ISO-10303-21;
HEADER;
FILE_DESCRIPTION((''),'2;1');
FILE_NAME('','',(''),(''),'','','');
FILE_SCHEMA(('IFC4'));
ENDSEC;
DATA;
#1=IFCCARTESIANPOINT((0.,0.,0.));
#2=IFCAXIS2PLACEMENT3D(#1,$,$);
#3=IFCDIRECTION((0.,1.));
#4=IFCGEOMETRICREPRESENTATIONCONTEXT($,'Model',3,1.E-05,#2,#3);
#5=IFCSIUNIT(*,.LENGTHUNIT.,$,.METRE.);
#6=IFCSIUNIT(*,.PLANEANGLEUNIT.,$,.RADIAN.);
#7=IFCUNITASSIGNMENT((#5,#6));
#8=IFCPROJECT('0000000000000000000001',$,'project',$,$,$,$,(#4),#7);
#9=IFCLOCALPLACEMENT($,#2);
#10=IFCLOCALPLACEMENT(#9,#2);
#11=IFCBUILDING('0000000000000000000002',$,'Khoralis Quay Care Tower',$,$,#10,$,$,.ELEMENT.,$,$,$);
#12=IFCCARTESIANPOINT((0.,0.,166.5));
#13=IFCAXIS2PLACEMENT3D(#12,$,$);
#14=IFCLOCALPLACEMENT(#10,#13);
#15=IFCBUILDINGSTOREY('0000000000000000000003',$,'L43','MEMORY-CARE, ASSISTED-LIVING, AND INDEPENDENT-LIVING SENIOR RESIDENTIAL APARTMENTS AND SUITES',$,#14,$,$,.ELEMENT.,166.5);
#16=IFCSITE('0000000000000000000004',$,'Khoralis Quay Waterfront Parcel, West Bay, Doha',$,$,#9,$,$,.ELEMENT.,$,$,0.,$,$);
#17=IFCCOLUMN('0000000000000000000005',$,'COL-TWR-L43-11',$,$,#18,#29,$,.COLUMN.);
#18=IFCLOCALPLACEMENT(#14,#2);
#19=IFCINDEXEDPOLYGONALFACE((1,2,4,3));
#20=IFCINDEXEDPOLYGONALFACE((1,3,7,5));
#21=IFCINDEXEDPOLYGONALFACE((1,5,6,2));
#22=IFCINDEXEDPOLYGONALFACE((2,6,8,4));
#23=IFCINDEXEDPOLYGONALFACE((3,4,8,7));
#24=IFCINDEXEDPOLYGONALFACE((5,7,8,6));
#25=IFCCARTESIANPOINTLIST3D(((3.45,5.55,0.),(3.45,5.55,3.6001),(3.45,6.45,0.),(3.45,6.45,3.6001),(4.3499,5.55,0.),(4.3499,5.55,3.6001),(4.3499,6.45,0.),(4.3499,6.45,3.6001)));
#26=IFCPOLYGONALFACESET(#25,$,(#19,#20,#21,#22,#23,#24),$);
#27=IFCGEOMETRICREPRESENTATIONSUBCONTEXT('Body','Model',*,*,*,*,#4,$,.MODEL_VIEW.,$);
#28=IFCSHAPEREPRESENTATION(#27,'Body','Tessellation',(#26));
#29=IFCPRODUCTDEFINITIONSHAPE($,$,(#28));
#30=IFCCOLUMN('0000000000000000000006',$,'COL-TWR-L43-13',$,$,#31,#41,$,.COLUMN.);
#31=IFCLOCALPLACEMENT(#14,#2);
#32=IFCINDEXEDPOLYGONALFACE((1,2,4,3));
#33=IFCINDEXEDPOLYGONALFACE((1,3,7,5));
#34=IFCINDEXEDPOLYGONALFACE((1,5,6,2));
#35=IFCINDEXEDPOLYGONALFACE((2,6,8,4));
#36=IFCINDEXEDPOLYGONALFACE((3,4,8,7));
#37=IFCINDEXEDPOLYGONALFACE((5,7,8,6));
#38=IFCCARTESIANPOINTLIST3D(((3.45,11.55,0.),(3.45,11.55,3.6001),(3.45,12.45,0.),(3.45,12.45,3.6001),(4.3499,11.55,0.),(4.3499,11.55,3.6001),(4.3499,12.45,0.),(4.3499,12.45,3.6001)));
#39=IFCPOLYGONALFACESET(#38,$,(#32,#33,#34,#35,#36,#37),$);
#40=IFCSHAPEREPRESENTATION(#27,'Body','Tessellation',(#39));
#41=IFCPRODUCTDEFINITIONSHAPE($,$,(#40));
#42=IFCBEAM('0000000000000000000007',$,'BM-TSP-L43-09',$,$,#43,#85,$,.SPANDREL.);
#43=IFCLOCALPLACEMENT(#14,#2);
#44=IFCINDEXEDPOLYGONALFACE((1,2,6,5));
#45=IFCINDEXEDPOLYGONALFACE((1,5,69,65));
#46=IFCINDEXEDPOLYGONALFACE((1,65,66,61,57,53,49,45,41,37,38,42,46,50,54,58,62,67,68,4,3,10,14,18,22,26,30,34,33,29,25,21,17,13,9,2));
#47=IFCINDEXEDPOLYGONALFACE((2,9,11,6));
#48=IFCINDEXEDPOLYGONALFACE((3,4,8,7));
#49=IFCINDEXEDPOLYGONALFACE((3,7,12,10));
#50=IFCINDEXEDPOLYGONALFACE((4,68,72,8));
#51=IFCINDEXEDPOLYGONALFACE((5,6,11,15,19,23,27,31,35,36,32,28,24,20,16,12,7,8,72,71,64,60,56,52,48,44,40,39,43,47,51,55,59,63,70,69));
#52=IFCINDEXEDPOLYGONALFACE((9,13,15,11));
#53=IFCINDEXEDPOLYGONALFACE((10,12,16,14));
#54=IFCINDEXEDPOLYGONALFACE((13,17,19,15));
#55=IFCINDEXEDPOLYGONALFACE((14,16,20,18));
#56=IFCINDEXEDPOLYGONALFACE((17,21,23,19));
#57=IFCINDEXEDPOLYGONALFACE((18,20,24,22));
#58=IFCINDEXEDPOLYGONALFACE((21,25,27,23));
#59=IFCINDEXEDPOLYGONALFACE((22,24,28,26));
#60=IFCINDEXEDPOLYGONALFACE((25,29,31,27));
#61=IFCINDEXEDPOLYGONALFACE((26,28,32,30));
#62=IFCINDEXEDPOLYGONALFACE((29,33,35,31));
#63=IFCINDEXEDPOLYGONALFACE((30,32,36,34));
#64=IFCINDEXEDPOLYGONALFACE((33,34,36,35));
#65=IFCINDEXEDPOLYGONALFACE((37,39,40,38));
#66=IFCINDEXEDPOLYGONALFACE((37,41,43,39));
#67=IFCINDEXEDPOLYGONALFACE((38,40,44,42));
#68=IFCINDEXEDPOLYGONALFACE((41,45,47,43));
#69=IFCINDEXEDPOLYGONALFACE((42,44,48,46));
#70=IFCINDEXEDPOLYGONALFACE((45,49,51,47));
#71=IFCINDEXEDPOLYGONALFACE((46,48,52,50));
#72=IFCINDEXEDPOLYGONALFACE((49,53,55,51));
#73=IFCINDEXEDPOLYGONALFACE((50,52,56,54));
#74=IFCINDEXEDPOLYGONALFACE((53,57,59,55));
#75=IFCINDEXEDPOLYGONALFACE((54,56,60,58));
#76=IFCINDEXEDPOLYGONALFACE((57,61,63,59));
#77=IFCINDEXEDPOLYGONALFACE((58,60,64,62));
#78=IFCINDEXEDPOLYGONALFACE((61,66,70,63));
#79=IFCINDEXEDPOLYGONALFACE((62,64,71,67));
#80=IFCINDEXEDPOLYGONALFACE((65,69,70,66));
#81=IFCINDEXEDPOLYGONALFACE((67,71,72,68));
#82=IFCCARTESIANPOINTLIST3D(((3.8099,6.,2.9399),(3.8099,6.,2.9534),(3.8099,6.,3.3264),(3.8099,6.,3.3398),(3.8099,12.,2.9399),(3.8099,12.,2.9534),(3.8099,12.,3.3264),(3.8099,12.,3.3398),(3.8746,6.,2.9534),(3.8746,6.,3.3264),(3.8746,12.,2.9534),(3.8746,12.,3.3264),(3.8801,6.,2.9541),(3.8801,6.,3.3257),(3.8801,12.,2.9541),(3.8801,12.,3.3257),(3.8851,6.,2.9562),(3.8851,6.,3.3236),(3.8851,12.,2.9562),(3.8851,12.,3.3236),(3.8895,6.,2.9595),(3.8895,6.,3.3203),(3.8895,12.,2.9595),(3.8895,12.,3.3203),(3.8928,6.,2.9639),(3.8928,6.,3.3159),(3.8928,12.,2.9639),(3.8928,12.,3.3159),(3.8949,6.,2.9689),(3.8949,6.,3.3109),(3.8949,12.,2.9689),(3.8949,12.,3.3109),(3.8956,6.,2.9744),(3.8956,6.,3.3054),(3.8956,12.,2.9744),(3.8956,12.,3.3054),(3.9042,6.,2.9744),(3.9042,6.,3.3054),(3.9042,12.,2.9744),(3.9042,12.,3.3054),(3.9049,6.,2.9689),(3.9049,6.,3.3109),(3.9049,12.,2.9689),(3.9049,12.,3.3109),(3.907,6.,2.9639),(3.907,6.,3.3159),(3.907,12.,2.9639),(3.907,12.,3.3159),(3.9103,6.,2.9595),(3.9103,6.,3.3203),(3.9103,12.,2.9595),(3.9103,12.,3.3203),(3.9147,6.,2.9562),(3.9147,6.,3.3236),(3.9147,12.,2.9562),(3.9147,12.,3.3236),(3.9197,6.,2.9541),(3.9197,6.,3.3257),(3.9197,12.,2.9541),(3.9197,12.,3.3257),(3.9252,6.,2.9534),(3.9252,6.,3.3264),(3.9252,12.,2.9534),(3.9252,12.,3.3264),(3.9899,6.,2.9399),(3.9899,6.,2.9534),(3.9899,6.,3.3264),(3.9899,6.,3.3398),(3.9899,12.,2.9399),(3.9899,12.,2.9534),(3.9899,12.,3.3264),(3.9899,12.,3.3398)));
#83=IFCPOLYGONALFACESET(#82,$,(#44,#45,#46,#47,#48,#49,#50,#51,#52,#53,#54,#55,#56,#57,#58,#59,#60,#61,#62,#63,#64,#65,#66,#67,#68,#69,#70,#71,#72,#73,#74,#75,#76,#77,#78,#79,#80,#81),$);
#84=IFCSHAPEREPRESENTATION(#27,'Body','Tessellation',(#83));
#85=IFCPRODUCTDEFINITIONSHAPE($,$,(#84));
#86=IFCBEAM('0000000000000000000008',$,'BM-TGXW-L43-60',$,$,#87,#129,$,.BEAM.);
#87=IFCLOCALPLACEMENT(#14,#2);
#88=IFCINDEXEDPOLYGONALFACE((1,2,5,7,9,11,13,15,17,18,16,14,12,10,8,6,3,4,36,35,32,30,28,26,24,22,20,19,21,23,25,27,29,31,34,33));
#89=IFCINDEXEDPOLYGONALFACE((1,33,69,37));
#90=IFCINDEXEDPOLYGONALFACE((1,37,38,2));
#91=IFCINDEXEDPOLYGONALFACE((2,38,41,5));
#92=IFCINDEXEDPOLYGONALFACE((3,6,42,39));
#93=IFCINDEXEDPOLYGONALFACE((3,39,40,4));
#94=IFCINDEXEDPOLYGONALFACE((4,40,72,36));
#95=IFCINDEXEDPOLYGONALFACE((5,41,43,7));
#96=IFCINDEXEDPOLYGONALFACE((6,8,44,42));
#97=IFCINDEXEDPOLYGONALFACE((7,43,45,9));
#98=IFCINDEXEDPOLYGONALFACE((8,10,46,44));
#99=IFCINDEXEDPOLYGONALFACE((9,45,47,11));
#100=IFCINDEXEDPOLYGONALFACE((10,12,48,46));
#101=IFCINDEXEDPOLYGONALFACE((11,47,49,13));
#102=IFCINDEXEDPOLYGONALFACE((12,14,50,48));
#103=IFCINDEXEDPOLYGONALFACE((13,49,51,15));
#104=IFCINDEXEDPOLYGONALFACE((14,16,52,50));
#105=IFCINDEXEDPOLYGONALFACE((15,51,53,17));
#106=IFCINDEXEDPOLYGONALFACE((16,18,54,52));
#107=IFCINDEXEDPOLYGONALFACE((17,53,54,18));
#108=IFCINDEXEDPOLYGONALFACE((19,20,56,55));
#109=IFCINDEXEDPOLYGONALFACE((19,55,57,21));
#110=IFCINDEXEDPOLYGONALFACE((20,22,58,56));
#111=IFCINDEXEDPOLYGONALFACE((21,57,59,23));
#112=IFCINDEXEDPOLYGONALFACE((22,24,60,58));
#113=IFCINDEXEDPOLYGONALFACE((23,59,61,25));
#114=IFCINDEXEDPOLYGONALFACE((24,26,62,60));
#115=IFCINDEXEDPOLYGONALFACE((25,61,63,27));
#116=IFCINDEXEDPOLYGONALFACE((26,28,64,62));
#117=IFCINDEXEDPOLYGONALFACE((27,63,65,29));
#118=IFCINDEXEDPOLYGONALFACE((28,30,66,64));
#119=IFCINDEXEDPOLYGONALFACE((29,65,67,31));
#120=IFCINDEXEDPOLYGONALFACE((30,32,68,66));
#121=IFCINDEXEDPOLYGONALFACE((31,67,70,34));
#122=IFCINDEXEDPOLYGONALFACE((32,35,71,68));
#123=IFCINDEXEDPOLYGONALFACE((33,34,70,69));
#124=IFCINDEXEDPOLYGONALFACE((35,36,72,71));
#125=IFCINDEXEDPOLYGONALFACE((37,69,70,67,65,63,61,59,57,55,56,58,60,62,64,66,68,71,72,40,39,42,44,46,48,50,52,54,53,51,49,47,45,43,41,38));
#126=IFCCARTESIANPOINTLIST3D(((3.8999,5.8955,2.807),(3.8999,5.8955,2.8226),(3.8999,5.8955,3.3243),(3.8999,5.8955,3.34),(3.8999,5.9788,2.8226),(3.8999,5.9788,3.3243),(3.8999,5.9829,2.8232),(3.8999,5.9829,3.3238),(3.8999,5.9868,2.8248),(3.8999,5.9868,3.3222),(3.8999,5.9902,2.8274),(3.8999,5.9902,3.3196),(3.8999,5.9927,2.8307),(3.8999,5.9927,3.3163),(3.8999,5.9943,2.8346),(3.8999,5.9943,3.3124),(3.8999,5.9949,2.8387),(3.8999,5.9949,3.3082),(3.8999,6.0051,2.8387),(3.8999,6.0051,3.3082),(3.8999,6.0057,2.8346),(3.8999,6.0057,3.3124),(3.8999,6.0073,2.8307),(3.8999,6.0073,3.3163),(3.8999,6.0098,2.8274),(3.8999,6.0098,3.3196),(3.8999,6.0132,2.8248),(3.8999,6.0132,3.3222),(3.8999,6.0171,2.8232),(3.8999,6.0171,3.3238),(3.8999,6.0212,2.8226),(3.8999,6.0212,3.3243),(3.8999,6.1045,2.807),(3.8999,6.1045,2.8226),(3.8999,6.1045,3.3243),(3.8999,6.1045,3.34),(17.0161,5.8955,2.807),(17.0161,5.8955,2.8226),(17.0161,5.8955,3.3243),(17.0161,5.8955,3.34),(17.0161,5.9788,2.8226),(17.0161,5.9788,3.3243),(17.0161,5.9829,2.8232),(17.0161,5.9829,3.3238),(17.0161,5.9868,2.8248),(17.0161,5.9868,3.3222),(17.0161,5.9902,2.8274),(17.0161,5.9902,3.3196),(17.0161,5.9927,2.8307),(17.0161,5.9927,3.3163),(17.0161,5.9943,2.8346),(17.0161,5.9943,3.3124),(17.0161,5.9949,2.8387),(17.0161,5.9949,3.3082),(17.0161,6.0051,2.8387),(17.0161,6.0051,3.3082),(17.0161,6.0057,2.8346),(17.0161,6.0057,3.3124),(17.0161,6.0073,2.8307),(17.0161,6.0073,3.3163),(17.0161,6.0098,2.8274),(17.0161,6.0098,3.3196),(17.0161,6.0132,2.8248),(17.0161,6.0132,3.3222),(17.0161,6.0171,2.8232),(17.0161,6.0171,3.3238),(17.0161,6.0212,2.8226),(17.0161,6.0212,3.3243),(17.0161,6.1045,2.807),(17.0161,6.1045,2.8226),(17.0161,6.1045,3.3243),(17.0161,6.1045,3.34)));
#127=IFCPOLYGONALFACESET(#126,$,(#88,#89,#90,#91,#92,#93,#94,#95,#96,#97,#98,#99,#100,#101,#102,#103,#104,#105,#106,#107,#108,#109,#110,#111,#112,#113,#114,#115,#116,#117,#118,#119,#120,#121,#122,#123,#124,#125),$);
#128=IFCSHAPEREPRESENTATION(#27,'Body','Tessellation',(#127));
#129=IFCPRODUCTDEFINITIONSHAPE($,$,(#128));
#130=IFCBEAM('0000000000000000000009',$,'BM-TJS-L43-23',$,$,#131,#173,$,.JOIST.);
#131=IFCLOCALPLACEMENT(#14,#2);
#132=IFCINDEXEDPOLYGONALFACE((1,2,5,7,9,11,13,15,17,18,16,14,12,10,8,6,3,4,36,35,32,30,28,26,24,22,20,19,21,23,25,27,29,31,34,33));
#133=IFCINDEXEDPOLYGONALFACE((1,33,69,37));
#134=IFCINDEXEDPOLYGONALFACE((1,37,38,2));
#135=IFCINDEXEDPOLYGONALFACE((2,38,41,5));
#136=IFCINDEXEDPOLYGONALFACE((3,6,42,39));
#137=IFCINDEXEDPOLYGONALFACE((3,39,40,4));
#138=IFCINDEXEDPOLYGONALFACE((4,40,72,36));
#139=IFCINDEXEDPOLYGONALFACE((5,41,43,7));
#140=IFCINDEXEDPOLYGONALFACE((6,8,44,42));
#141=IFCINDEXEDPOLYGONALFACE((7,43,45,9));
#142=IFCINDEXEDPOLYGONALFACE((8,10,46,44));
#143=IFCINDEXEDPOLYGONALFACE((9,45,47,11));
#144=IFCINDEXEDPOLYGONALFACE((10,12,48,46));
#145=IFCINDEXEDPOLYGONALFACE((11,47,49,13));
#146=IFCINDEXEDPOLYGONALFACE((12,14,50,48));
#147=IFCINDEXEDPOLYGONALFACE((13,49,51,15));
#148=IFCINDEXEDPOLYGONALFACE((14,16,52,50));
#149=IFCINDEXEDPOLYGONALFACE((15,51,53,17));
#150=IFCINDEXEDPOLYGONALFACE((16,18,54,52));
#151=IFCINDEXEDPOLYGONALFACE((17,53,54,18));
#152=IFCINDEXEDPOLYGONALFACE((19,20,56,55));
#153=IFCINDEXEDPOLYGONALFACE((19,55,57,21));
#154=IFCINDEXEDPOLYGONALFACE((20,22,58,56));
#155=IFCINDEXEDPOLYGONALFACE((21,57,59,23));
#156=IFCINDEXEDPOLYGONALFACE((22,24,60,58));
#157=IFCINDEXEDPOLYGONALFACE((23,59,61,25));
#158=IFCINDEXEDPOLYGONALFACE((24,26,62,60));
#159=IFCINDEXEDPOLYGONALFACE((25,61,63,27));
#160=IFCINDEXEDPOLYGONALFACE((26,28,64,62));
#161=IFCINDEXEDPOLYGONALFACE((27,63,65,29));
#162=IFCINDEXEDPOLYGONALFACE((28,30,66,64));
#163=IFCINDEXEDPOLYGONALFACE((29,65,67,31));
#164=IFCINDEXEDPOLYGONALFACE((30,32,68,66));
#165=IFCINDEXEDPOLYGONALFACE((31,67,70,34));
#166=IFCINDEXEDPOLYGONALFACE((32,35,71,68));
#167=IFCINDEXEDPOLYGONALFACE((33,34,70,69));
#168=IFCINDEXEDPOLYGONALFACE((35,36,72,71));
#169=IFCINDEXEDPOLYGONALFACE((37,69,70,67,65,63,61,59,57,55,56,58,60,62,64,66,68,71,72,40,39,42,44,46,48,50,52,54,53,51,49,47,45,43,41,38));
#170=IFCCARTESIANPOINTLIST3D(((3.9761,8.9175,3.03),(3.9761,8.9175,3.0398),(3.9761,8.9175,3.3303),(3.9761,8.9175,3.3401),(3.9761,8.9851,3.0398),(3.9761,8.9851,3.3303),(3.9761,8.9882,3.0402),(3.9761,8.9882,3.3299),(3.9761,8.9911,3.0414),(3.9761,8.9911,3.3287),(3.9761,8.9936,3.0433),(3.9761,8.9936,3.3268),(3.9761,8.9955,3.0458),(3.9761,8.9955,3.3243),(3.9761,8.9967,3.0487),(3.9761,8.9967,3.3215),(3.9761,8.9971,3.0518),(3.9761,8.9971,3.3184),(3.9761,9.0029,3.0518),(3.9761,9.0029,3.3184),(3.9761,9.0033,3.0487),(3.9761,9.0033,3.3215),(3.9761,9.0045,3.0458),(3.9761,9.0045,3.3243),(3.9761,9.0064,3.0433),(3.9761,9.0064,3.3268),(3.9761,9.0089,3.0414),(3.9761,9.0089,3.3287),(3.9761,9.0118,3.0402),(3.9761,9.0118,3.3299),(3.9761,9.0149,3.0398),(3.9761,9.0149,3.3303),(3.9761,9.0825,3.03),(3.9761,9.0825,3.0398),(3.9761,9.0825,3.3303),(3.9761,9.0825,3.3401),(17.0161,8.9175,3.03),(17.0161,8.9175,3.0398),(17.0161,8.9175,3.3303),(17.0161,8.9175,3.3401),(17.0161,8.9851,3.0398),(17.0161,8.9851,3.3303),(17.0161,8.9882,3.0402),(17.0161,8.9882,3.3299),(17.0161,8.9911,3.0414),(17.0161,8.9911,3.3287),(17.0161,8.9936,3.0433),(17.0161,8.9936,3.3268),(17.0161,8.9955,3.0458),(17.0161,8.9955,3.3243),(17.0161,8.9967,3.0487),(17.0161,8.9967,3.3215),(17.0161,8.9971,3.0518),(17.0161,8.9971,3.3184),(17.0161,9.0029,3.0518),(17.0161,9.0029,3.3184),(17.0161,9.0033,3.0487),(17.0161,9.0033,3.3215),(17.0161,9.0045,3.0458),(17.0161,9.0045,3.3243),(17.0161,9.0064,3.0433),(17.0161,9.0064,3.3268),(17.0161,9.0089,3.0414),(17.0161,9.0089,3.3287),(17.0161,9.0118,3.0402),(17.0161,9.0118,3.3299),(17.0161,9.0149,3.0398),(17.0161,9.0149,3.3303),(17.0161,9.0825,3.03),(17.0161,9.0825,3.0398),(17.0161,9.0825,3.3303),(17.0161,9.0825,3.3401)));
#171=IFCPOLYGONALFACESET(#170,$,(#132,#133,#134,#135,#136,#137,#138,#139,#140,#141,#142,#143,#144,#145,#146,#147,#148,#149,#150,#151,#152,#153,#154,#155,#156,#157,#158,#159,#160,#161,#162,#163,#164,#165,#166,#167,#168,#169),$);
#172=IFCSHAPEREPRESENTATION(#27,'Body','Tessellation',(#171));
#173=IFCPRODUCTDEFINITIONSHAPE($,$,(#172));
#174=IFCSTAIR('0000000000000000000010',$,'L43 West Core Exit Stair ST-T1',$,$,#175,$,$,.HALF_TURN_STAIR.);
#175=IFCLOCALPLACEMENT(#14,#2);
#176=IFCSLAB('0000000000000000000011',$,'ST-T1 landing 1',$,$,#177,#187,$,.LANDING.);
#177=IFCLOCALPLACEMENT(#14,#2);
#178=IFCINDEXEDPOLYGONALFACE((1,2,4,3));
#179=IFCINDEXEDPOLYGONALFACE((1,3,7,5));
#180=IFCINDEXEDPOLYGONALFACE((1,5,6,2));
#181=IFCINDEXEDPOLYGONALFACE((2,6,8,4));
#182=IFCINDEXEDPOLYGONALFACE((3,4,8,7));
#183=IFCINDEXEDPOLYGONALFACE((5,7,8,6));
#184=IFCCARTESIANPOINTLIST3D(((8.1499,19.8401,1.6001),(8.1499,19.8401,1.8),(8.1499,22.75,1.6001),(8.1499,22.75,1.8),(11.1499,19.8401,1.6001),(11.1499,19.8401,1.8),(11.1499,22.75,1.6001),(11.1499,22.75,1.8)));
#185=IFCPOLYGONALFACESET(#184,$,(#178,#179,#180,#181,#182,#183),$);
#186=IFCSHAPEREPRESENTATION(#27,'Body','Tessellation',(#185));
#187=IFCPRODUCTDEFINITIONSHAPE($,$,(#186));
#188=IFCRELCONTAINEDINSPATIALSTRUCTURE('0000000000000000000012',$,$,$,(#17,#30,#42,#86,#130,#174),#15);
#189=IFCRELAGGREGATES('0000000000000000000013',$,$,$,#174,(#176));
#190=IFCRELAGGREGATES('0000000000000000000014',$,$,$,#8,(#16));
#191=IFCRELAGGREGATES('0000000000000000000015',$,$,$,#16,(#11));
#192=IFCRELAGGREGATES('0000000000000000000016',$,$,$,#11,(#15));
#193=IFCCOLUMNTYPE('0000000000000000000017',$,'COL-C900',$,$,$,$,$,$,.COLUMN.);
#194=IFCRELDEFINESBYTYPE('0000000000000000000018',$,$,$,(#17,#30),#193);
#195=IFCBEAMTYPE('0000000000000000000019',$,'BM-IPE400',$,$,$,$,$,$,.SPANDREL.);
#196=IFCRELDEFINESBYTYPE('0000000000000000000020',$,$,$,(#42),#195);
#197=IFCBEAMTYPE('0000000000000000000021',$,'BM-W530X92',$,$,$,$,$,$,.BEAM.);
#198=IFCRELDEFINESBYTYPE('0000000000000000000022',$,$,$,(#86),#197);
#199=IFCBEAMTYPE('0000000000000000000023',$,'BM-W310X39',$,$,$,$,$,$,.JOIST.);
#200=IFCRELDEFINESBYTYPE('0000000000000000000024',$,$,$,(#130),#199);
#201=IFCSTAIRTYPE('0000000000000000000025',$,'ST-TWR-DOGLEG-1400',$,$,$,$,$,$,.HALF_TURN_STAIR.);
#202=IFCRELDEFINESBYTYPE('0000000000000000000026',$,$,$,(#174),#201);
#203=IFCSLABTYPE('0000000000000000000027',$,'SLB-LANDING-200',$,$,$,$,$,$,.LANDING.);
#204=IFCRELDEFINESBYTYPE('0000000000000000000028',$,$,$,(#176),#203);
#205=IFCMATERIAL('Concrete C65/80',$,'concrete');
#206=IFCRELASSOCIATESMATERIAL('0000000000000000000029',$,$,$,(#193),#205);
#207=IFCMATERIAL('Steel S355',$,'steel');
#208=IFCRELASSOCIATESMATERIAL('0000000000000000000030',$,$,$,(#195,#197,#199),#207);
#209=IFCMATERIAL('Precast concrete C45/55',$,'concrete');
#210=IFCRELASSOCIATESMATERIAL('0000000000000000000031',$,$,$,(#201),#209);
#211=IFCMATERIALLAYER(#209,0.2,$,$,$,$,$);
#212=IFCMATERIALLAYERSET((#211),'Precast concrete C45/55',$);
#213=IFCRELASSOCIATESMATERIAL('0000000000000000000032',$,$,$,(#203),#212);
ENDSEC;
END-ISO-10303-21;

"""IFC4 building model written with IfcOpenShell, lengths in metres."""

from ifc_helpers import new_model, si_unit, direction, frame, origin, origin_2d, place, context, subcontext, project, spatial, polyline, rectangle, i_section, outline, extrude, source, transform, mapped, material, layer, layer_set, material_profile, profile_set, type_object, element, aggregate, save


model = new_model("IFC4")

# Units and contexts
model_context = context("Model", 3, precision=1e-05, world=origin(), true_north=direction((0.0, 1.0)))
body_context = subcontext(model_context, "Body", "Model", "MODEL_VIEW")
ifc_project = project(units=[si_unit("LENGTHUNIT", "METRE"), si_unit("PLANEANGLEUNIT", "RADIAN")], contexts=[model_context])

# Site, building, storey
site_placement = place(None, origin())
site = spatial("IfcSite", under=ifc_project, at=site_placement, Name="Khoralis Quay Waterfront Parcel, West Bay, Doha", CompositionType="ELEMENT", RefElevation=0.0)
building_placement = place(site_placement, origin())
building = spatial("IfcBuilding", under=site, at=building_placement, Name="Khoralis Quay Care Tower", CompositionType="ELEMENT")
storey_placement = place(building_placement, frame((0.0, 0.0, 166.5)))
storey = spatial("IfcBuildingStorey", under=building, at=storey_placement, Name="L43", Description="MEMORY-CARE, ASSISTED-LIVING, AND INDEPENDENT-LIVING SENIOR RESIDENTIAL APARTMENTS AND SUITES", CompositionType="ELEMENT", Elevation=166.5)

# Columns
ifc_material_1 = material(Name="Concrete C65/80", Category="concrete")
ifc_material_profile_1 = material_profile(ifc_material_1, rectangle(XDim=0.8999, YDim=0.8999, at=origin_2d()), Name="Concrete C65/80")
ifc_profile_set_1 = profile_set([ifc_material_profile_1], Name="Concrete C65/80")
column_type = type_object("IfcColumnType", Name="COL-C900", PredefinedType="COLUMN", material=ifc_profile_set_1)
shared_shape_1 = source(origin(), body_context, "Body", "SweptSolid", [
    extrude(rectangle(XDim=0.8999, YDim=0.8999, at=origin_2d()), origin(), (0.0, 0.0, 1.0), 3.6001),
])
for number, where, z_axis, x_axis, name in (
    (1, (3.8999, 6.0, 0.0), (0.0, 0.0, 1.0), (1.0, 0.0, 0.0), "COL-TWR-L43-11"),
    (2, (3.8999, 12.0, 0.0), (0.0, 0.0, 1.0), (1.0, 0.0, 0.0), "COL-TWR-L43-13"),
):
    element("IfcColumn", number, at=place(storey_placement, frame(where, z_axis=z_axis, x_axis=x_axis)), inside=storey, type_object=column_type, Name=name, PredefinedType="COLUMN", context=body_context, shape_type="MappedRepresentation", body=[
        mapped(shared_shape_1, transform((0.0, 0.0, 0.0), scale=1.0)),
    ])

# Beams
ifc_material_2 = material(Name="Steel S355", Category="steel")
ifc_material_profile_2 = material_profile(ifc_material_2, i_section(OverallWidth=0.1799, OverallDepth=0.3999, WebThickness=0.0085, FlangeThickness=0.0134, FilletRadius=0.021, at=origin_2d()), Name="Steel S355")
ifc_profile_set_2 = profile_set([ifc_material_profile_2], Name="Steel S355")
beam_type_1 = type_object("IfcBeamType", Name="BM-IPE400", PredefinedType="SPANDREL", material=ifc_profile_set_2)
shared_shape_2 = source(origin(), body_context, "Body", "SweptSolid", [
    extrude(i_section(OverallWidth=0.1799, OverallDepth=0.3999, WebThickness=0.0085, FlangeThickness=0.0134, FilletRadius=0.021, at=origin_2d()), origin(), (0.0, 0.0, 1.0), 6.0),
])
beam_1_placement = place(storey_placement, frame((3.8999, 6.0, 3.1399), z_axis=(0.0, 1.0, 0.0), x_axis=(-1.0, 0.0, 0.0)))
element("IfcBeam", 3, at=beam_1_placement, inside=storey, type_object=beam_type_1, Name="BM-TSP-L43-09", PredefinedType="SPANDREL", context=body_context, shape_type="MappedRepresentation", body=[
    mapped(shared_shape_2, transform((0.0, 0.0, 0.0), scale=1.0)),
])
ifc_material_profile_3 = material_profile(ifc_material_2, i_section(OverallWidth=0.209, OverallDepth=0.533, WebThickness=0.0103, FlangeThickness=0.0156, FilletRadius=0.0161, at=origin_2d()), Name="Steel S355")
ifc_profile_set_3 = profile_set([ifc_material_profile_3], Name="Steel S355")
beam_type_2 = type_object("IfcBeamType", Name="BM-W530X92", PredefinedType="BEAM", material=ifc_profile_set_3)
shared_shape_3 = source(origin(), body_context, "Body", "SweptSolid", [
    extrude(i_section(OverallWidth=0.209, OverallDepth=0.533, WebThickness=0.0103, FlangeThickness=0.0156, FilletRadius=0.0161, at=origin_2d()), origin(), (0.0, 0.0, 1.0), 13.1162),
])
beam_2_placement = place(storey_placement, frame((3.8999, 6.0, 3.0735), z_axis=(1.0, 0.0, 0.0), x_axis=(0.0, 1.0, 0.0)))
element("IfcBeam", 4, at=beam_2_placement, inside=storey, type_object=beam_type_2, Name="BM-TGXW-L43-60", PredefinedType="BEAM", context=body_context, shape_type="MappedRepresentation", body=[
    mapped(shared_shape_3, transform((0.0, 0.0, 0.0), scale=1.0)),
])
ifc_material_profile_4 = material_profile(ifc_material_2, i_section(OverallWidth=0.165, OverallDepth=0.3101, WebThickness=0.0059, FlangeThickness=0.0098, FilletRadius=0.012, at=origin_2d()), Name="Steel S355")
ifc_profile_set_4 = profile_set([ifc_material_profile_4], Name="Steel S355")
beam_type_3 = type_object("IfcBeamType", Name="BM-W310X39", PredefinedType="JOIST", material=ifc_profile_set_4)
shared_shape_4 = source(origin(), body_context, "Body", "SweptSolid", [
    extrude(i_section(OverallWidth=0.165, OverallDepth=0.3101, WebThickness=0.0059, FlangeThickness=0.0098, FilletRadius=0.012, at=origin_2d()), origin(), (0.0, 0.0, 1.0), 13.04),
])
beam_3_placement = place(storey_placement, frame((3.9761, 9.0, 3.1851), z_axis=(1.0, 0.0, 0.0), x_axis=(0.0, 1.0, 0.0)))
element("IfcBeam", 5, at=beam_3_placement, inside=storey, type_object=beam_type_3, Name="BM-TJS-L43-23", PredefinedType="JOIST", context=body_context, shape_type="MappedRepresentation", body=[
    mapped(shared_shape_4, transform((0.0, 0.0, 0.0), scale=1.0)),
])

# Stair, slab
ifc_material_3 = material(Name="Precast concrete C45/55", Category="concrete")
stair_type = type_object("IfcStairType", Name="ST-TWR-DOGLEG-1400", PredefinedType="HALF_TURN_STAIR", material=ifc_material_3)
stair_1_placement = place(storey_placement, origin())
stair_1 = element("IfcStair", 6, at=stair_1_placement, inside=storey, type_object=stair_type, Name="L43 West Core Exit Stair ST-T1", PredefinedType="HALF_TURN_STAIR")
ifc_layer_1 = layer(ifc_material_3, 0.2)
ifc_layer_set_1 = layer_set([ifc_layer_1], Name="Precast concrete C45/55")
slab_type_1 = type_object("IfcSlabType", Name="SLB-LANDING-200", PredefinedType="LANDING", material=ifc_layer_set_1)
slab_1_placement = place(storey_placement, frame((0.0, 0.0, 1.6001)))
slab_1 = element("IfcSlab", 7, at=slab_1_placement, type_object=slab_type_1, Name="ST-T1 landing 1", PredefinedType="LANDING", context=body_context, shape_type="SweptSolid", body=[
    extrude(outline(polyline([(11.1499, 19.8401), (11.1499, 22.75), (8.1499, 22.75), (8.1499, 19.8401), (11.1499, 19.8401)])), origin(), (0.0, 0.0, 1.0), 0.2),
])
aggregate(stair_1, [slab_1])

save(model, "model.ifc")
